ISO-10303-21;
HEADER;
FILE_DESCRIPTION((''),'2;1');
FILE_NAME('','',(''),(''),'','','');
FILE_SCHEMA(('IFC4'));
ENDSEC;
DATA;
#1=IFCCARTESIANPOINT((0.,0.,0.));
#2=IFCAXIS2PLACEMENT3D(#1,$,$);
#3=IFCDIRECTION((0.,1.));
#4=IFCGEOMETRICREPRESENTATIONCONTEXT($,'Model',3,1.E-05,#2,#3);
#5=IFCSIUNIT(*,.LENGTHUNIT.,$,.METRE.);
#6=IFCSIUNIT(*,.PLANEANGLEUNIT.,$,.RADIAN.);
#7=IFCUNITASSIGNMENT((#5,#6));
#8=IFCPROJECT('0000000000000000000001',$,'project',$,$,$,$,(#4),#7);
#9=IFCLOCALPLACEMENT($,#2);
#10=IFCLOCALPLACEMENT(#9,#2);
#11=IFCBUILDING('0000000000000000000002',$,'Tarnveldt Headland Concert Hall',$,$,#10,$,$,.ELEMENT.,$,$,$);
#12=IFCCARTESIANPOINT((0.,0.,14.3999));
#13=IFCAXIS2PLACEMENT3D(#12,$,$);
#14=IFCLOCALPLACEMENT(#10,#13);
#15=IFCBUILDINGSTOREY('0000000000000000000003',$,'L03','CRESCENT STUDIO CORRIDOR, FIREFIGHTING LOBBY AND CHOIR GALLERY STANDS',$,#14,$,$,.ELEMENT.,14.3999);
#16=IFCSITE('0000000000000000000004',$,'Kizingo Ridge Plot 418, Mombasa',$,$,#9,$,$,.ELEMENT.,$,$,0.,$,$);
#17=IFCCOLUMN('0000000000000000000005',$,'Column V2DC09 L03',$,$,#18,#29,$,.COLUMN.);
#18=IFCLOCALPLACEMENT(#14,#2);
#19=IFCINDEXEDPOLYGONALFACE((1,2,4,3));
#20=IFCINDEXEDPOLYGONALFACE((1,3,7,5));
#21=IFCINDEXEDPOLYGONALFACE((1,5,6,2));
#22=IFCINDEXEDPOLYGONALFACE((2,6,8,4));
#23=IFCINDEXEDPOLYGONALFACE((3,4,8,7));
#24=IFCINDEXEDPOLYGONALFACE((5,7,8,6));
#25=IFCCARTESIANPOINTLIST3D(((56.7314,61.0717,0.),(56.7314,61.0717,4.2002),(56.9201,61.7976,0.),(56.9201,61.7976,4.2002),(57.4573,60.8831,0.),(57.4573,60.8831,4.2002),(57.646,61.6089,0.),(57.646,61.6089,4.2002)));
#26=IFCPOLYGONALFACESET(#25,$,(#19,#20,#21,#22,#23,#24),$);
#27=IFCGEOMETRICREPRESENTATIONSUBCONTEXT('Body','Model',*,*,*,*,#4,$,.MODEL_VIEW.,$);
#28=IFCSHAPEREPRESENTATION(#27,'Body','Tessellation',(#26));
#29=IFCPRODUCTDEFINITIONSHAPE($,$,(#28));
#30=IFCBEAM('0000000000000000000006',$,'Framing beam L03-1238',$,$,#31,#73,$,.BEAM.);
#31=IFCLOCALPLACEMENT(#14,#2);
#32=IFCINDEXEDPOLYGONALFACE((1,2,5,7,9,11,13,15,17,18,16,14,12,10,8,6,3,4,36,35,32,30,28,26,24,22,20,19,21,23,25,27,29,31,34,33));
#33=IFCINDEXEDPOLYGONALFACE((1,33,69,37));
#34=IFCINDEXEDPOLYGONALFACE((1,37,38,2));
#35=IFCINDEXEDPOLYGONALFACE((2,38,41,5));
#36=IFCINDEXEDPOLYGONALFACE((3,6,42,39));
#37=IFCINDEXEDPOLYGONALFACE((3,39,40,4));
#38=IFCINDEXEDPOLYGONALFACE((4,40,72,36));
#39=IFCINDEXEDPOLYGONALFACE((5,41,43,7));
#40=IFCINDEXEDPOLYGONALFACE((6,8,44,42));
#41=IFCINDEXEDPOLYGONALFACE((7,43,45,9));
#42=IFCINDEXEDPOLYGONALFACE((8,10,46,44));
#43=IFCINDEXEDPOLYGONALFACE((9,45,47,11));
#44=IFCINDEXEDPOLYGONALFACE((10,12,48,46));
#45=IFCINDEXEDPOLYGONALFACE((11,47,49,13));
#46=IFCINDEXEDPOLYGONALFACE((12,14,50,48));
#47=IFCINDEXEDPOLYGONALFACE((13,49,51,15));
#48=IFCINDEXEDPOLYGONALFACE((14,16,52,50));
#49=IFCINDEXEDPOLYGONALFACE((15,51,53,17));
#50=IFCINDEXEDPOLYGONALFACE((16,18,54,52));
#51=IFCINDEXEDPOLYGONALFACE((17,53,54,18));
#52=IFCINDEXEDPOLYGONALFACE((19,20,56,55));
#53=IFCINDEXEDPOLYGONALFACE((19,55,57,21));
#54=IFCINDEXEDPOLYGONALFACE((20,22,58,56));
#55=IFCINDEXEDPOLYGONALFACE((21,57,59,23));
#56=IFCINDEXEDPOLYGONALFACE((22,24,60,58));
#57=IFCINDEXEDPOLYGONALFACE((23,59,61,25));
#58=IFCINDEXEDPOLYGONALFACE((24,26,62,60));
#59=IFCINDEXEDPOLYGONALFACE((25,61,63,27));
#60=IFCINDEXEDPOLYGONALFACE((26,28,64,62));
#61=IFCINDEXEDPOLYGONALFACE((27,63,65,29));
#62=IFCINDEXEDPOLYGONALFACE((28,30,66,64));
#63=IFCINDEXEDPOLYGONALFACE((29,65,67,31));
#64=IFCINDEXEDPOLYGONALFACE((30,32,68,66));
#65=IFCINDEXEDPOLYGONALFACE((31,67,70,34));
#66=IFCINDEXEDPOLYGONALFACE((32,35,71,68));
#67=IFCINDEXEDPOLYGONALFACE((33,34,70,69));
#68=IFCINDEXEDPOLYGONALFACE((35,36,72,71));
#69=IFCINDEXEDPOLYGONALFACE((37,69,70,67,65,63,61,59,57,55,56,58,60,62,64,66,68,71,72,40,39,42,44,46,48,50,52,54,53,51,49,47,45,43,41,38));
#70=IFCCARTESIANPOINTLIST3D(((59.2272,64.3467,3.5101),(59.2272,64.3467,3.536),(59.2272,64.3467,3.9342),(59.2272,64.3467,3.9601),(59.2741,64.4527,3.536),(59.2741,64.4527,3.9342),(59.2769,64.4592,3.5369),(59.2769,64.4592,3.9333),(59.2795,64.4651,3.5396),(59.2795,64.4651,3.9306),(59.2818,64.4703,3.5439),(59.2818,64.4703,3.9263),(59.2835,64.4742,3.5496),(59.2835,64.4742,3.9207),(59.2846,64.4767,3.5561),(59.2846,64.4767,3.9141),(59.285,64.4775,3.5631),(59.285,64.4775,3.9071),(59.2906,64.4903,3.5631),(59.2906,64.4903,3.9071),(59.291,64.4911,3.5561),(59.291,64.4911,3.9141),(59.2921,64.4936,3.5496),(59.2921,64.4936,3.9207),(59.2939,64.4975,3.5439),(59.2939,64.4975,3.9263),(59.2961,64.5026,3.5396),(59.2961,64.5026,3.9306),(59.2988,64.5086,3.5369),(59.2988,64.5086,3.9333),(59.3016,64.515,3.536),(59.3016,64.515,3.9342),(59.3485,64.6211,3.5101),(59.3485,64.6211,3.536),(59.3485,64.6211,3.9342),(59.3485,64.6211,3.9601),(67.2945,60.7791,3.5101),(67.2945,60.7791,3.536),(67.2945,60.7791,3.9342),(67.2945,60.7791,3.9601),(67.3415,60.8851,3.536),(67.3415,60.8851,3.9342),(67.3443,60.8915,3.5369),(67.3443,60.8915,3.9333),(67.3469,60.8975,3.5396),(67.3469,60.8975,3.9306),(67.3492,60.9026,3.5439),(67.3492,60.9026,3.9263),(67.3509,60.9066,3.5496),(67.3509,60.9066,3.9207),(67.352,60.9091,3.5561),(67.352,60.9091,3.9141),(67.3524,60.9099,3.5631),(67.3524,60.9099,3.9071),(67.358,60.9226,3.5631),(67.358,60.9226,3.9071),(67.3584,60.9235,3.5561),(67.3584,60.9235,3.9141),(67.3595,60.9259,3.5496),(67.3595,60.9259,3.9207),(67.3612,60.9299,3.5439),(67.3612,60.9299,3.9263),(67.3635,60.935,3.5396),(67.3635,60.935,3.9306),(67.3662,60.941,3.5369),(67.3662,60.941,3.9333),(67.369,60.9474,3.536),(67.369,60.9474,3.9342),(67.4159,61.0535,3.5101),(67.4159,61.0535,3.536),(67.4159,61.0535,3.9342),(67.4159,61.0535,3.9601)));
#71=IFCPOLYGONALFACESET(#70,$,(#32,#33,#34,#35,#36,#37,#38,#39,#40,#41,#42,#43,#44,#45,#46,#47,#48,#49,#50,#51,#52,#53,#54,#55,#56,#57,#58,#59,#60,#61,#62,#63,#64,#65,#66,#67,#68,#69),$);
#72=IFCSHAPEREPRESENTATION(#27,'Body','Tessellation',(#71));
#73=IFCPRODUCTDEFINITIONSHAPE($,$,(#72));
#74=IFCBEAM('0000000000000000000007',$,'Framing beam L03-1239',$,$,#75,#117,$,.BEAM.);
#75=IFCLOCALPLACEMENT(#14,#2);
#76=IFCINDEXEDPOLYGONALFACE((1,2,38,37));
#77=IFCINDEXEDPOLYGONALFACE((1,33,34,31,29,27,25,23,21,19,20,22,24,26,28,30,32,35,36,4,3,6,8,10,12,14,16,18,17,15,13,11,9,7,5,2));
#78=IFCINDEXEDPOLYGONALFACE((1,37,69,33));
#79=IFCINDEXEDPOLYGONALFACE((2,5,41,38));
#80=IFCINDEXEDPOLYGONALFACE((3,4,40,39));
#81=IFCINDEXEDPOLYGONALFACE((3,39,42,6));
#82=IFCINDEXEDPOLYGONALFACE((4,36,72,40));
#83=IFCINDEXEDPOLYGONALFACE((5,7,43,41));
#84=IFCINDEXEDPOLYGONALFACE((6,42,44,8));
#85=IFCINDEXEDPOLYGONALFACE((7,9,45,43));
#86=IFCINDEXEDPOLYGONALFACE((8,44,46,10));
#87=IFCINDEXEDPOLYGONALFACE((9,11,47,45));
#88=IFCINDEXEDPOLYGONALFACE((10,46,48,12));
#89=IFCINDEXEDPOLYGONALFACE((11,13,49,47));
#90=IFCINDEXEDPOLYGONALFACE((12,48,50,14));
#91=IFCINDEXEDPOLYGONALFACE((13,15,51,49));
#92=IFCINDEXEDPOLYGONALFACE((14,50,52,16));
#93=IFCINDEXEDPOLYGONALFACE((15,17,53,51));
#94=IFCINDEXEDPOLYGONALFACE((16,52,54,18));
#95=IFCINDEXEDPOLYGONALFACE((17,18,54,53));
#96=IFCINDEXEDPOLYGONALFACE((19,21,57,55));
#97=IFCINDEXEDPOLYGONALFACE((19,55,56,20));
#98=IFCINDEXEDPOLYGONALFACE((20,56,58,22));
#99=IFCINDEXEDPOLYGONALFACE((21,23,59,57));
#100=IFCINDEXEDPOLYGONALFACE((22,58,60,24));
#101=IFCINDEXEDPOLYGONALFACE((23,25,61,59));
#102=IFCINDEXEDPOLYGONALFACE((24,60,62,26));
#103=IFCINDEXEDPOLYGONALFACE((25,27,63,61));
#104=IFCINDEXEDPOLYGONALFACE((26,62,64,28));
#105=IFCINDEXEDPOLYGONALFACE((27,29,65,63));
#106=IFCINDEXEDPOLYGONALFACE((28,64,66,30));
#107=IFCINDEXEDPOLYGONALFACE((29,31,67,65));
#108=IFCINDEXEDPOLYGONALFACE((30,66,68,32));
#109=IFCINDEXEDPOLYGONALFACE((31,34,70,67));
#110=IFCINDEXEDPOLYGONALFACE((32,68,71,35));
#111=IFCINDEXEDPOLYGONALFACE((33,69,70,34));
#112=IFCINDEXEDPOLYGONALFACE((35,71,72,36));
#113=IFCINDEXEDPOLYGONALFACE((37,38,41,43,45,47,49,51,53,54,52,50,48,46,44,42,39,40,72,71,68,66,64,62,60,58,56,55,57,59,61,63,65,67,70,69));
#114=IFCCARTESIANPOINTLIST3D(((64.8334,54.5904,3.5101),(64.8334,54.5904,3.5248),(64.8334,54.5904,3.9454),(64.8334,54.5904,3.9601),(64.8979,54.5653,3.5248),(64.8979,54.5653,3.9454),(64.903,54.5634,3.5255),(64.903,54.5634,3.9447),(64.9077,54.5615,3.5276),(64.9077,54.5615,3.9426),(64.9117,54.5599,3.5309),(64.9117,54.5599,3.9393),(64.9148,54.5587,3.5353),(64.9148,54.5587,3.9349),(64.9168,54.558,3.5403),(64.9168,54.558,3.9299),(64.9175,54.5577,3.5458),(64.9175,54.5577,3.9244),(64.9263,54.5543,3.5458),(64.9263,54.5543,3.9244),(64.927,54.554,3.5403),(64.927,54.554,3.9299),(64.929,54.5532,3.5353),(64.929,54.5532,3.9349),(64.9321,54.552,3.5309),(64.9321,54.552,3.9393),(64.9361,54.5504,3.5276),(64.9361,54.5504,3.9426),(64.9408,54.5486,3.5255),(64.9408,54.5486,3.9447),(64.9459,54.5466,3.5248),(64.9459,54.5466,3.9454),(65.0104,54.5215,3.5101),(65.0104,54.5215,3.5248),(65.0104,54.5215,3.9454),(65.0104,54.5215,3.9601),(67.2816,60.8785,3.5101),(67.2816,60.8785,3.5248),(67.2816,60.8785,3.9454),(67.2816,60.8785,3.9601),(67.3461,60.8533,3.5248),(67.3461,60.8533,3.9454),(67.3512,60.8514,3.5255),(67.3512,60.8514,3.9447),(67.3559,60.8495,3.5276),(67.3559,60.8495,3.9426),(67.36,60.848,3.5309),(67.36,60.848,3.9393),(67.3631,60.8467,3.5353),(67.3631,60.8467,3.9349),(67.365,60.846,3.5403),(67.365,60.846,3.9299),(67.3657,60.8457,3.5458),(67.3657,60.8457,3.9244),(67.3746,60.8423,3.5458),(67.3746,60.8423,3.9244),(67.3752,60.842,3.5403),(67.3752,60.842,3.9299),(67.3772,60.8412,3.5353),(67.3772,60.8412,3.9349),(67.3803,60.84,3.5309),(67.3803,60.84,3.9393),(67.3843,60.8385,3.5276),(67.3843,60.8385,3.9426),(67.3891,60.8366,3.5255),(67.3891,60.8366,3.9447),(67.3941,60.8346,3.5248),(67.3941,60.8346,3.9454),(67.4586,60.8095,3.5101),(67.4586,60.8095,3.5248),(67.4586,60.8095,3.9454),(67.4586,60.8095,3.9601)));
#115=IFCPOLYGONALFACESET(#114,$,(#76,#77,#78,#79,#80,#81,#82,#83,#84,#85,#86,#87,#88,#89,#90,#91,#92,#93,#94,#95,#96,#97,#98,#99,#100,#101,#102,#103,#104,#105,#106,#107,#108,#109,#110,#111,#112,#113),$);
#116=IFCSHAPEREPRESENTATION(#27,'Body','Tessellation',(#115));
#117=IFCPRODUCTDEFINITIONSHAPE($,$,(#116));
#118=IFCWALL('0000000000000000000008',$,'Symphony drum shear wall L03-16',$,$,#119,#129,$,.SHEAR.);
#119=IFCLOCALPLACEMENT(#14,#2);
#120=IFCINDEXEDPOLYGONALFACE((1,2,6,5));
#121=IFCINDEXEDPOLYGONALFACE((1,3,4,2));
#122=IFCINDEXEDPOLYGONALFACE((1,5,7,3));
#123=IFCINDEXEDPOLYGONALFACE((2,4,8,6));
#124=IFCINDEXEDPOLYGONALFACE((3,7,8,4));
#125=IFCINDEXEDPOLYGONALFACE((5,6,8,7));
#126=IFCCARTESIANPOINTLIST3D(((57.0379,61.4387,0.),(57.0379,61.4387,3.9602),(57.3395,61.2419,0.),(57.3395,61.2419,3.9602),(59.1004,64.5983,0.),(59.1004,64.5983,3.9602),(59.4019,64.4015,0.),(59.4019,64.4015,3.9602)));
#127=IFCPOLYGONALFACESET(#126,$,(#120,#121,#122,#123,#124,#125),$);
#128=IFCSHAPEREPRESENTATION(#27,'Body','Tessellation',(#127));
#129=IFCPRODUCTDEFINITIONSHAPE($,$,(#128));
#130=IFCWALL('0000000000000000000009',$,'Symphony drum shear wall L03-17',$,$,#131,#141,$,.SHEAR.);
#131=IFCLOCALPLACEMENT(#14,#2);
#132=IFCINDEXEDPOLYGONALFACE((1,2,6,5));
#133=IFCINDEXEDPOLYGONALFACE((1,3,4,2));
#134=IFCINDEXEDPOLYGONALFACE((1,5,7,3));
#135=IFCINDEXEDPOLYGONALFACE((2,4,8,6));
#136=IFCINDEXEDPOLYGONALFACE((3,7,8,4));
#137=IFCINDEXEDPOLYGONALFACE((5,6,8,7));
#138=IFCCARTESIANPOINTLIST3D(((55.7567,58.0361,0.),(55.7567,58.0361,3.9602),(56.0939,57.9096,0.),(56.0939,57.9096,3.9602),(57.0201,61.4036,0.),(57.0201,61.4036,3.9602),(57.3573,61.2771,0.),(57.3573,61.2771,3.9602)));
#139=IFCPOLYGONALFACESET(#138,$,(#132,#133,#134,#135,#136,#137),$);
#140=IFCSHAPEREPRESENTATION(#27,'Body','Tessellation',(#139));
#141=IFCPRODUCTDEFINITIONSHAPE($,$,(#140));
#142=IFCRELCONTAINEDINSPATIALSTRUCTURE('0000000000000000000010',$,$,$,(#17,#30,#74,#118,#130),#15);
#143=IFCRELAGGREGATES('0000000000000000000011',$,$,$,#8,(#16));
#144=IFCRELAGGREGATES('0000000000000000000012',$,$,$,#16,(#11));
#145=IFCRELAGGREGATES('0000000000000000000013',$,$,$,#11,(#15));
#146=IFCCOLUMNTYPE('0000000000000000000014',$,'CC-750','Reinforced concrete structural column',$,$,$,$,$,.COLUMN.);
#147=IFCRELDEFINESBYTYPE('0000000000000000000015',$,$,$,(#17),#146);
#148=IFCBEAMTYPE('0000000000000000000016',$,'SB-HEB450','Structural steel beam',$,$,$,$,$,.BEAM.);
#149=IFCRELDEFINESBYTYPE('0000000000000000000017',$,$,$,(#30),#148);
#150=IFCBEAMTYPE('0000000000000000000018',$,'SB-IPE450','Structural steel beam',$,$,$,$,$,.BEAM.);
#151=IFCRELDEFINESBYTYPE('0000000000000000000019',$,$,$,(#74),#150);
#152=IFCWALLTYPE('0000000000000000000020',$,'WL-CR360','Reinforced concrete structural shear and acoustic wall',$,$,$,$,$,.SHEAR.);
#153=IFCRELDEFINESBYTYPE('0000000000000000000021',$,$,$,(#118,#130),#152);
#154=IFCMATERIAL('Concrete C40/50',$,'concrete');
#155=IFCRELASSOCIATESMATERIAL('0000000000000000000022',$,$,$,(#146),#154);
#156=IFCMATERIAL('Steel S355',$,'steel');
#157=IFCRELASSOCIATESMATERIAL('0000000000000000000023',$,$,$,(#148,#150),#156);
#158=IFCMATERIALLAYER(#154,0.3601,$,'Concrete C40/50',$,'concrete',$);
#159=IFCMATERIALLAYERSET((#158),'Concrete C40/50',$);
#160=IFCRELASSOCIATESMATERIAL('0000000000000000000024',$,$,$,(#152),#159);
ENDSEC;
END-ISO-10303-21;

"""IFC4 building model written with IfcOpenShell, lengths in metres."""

from ifc_helpers import new_model, si_unit, direction, frame, frame_2d, origin, origin_2d, place, context, subcontext, project, spatial, rectangle, i_section, extrude, material, layer, layer_set, material_profile, profile_set, type_object, element, save


model = new_model("IFC4")

# Units and contexts
model_context = context("Model", 3, precision=1e-05, world=origin(), true_north=direction((0.0, 1.0)))
body_context = subcontext(model_context, "Body", "Model", "MODEL_VIEW")
ifc_project = project(units=[si_unit("LENGTHUNIT", "METRE"), si_unit("PLANEANGLEUNIT", "RADIAN")], contexts=[model_context])

# Site, building, storey
site_placement = place(None, origin())
site = spatial("IfcSite", under=ifc_project, at=site_placement, Name="Kizingo Ridge Plot 418, Mombasa", CompositionType="ELEMENT", RefElevation=0.0)
building_placement = place(site_placement, origin())
building = spatial("IfcBuilding", under=site, at=building_placement, Name="Tarnveldt Headland Concert Hall", CompositionType="ELEMENT")
storey_placement = place(building_placement, frame((0.0, 0.0, 14.3999)))
storey = spatial("IfcBuildingStorey", under=building, at=storey_placement, Name="L03", Description="CRESCENT STUDIO CORRIDOR, FIREFIGHTING LOBBY AND CHOIR GALLERY STANDS", CompositionType="ELEMENT", Elevation=14.3999)

# Column
ifc_material_1 = material(Name="Concrete C40/50", Category="concrete")
ifc_material_profile_1 = material_profile(ifc_material_1, rectangle(XDim=0.75, YDim=0.75, at=origin_2d()), Name="RC 750x750", Category="concrete")
ifc_profile_set_1 = profile_set([ifc_material_profile_1], Name="Concrete C40/50")
column_type_1 = type_object("IfcColumnType", Name="CC-750", Description="Reinforced concrete structural column", PredefinedType="COLUMN", material=ifc_profile_set_1)
column_1_placement = place(storey_placement, frame((57.1887, 61.3403, 0.0), z_axis=(0.0, 0.0, 1.0), x_axis=(-0.967841, 0.251563, 0.0)))
element("IfcColumn", 1, at=column_1_placement, inside=storey, type_object=column_type_1, Name="Column V2DC09 L03", PredefinedType="COLUMN", context=body_context, shape_type="SweptSolid", body=[
    extrude(rectangle(XDim=0.75, YDim=0.75, at=origin_2d()), origin(), (0.0, 0.0, 1.0), 4.2002),
])

# Beams
ifc_material_2 = material(Name="Steel S355", Category="steel")
ifc_material_profile_2 = material_profile(ifc_material_2, i_section(OverallWidth=0.3, OverallDepth=0.45, WebThickness=0.0139, FlangeThickness=0.0259, FilletRadius=0.0271, at=origin_2d()), Name="HEB450", Category="steel")
ifc_profile_set_2 = profile_set([ifc_material_profile_2], Name="Steel S355")
beam_type_1 = type_object("IfcBeamType", Name="SB-HEB450", Description="Structural steel beam", PredefinedType="BEAM", material=ifc_profile_set_2)
beam_1_placement = place(storey_placement, frame((67.3552, 60.9163, 3.7351), z_axis=(-0.914562, 0.404445, 0.0), x_axis=(-0.404445, -0.914562, 0.0)))
element("IfcBeam", 2, at=beam_1_placement, inside=storey, type_object=beam_type_1, Name="Framing beam L03-1238", PredefinedType="BEAM", context=body_context, shape_type="SweptSolid", body=[
    extrude(i_section(OverallWidth=0.3, OverallDepth=0.45, WebThickness=0.0139, FlangeThickness=0.0259, FilletRadius=0.0271, at=origin_2d()), origin(), (0.0, 0.0, 1.0), 8.821),
])
ifc_material_profile_3 = material_profile(ifc_material_2, i_section(OverallWidth=0.1899, OverallDepth=0.45, WebThickness=0.0095, FlangeThickness=0.0146, FilletRadius=0.021, at=origin_2d()), Name="IPE450", Category="steel")
ifc_profile_set_3 = profile_set([ifc_material_profile_3], Name="Steel S355")
beam_type_2 = type_object("IfcBeamType", Name="SB-IPE450", Description="Structural steel beam", PredefinedType="BEAM", material=ifc_profile_set_3)
beam_2_placement = place(storey_placement, frame((67.3701, 60.844, 3.7351), z_axis=(-0.362816, -0.931861, 0.0), x_axis=(0.931861, -0.362816, 0.0)))
element("IfcBeam", 3, at=beam_2_placement, inside=storey, type_object=beam_type_2, Name="Framing beam L03-1239", PredefinedType="BEAM", context=body_context, shape_type="SweptSolid", body=[
    extrude(i_section(OverallWidth=0.1899, OverallDepth=0.45, WebThickness=0.0095, FlangeThickness=0.0146, FilletRadius=0.021, at=origin_2d()), origin(), (0.0, 0.0, 1.0), 6.7478),
])

# Walls
ifc_layer_1 = layer(ifc_material_1, 0.3601, Name="Concrete C40/50", Category="concrete")
ifc_layer_set_1 = layer_set([ifc_layer_1], Name="Concrete C40/50")
wall_type_1 = type_object("IfcWallType", Name="WL-CR360", Description="Reinforced concrete structural shear and acoustic wall", PredefinedType="SHEAR", material=ifc_layer_set_1)
wall_1_placement = place(storey_placement, frame((59.2512, 64.5, 0.0), z_axis=(0.0, 0.0, 1.0), x_axis=(-0.546611, -0.837387, 0.0)))
element("IfcWall", 4, at=wall_1_placement, inside=storey, type_object=wall_type_1, Name="Symphony drum shear wall L03-16", PredefinedType="SHEAR", context=body_context, shape_type="SweptSolid", body=[
    extrude(rectangle(XDim=3.7732, YDim=0.3601, at=frame_2d((1.8867, 0.0))), origin(), (0.0, 0.0, 1.0), 3.9602),
])
wall_2_placement = place(storey_placement, frame((57.1887, 61.3403, 0.0), z_axis=(0.0, 0.0, 1.0), x_axis=(-0.35128, -0.936271, 0.0)))
element("IfcWall", 5, at=wall_2_placement, inside=storey, type_object=wall_type_1, Name="Symphony drum shear wall L03-17", PredefinedType="SHEAR", context=body_context, shape_type="SweptSolid", body=[
    extrude(rectangle(XDim=3.5967, YDim=0.3601, at=frame_2d((1.7983, 0.0))), origin(), (0.0, 0.0, 1.0), 3.9602),
])

save(model, "model.ifc")
